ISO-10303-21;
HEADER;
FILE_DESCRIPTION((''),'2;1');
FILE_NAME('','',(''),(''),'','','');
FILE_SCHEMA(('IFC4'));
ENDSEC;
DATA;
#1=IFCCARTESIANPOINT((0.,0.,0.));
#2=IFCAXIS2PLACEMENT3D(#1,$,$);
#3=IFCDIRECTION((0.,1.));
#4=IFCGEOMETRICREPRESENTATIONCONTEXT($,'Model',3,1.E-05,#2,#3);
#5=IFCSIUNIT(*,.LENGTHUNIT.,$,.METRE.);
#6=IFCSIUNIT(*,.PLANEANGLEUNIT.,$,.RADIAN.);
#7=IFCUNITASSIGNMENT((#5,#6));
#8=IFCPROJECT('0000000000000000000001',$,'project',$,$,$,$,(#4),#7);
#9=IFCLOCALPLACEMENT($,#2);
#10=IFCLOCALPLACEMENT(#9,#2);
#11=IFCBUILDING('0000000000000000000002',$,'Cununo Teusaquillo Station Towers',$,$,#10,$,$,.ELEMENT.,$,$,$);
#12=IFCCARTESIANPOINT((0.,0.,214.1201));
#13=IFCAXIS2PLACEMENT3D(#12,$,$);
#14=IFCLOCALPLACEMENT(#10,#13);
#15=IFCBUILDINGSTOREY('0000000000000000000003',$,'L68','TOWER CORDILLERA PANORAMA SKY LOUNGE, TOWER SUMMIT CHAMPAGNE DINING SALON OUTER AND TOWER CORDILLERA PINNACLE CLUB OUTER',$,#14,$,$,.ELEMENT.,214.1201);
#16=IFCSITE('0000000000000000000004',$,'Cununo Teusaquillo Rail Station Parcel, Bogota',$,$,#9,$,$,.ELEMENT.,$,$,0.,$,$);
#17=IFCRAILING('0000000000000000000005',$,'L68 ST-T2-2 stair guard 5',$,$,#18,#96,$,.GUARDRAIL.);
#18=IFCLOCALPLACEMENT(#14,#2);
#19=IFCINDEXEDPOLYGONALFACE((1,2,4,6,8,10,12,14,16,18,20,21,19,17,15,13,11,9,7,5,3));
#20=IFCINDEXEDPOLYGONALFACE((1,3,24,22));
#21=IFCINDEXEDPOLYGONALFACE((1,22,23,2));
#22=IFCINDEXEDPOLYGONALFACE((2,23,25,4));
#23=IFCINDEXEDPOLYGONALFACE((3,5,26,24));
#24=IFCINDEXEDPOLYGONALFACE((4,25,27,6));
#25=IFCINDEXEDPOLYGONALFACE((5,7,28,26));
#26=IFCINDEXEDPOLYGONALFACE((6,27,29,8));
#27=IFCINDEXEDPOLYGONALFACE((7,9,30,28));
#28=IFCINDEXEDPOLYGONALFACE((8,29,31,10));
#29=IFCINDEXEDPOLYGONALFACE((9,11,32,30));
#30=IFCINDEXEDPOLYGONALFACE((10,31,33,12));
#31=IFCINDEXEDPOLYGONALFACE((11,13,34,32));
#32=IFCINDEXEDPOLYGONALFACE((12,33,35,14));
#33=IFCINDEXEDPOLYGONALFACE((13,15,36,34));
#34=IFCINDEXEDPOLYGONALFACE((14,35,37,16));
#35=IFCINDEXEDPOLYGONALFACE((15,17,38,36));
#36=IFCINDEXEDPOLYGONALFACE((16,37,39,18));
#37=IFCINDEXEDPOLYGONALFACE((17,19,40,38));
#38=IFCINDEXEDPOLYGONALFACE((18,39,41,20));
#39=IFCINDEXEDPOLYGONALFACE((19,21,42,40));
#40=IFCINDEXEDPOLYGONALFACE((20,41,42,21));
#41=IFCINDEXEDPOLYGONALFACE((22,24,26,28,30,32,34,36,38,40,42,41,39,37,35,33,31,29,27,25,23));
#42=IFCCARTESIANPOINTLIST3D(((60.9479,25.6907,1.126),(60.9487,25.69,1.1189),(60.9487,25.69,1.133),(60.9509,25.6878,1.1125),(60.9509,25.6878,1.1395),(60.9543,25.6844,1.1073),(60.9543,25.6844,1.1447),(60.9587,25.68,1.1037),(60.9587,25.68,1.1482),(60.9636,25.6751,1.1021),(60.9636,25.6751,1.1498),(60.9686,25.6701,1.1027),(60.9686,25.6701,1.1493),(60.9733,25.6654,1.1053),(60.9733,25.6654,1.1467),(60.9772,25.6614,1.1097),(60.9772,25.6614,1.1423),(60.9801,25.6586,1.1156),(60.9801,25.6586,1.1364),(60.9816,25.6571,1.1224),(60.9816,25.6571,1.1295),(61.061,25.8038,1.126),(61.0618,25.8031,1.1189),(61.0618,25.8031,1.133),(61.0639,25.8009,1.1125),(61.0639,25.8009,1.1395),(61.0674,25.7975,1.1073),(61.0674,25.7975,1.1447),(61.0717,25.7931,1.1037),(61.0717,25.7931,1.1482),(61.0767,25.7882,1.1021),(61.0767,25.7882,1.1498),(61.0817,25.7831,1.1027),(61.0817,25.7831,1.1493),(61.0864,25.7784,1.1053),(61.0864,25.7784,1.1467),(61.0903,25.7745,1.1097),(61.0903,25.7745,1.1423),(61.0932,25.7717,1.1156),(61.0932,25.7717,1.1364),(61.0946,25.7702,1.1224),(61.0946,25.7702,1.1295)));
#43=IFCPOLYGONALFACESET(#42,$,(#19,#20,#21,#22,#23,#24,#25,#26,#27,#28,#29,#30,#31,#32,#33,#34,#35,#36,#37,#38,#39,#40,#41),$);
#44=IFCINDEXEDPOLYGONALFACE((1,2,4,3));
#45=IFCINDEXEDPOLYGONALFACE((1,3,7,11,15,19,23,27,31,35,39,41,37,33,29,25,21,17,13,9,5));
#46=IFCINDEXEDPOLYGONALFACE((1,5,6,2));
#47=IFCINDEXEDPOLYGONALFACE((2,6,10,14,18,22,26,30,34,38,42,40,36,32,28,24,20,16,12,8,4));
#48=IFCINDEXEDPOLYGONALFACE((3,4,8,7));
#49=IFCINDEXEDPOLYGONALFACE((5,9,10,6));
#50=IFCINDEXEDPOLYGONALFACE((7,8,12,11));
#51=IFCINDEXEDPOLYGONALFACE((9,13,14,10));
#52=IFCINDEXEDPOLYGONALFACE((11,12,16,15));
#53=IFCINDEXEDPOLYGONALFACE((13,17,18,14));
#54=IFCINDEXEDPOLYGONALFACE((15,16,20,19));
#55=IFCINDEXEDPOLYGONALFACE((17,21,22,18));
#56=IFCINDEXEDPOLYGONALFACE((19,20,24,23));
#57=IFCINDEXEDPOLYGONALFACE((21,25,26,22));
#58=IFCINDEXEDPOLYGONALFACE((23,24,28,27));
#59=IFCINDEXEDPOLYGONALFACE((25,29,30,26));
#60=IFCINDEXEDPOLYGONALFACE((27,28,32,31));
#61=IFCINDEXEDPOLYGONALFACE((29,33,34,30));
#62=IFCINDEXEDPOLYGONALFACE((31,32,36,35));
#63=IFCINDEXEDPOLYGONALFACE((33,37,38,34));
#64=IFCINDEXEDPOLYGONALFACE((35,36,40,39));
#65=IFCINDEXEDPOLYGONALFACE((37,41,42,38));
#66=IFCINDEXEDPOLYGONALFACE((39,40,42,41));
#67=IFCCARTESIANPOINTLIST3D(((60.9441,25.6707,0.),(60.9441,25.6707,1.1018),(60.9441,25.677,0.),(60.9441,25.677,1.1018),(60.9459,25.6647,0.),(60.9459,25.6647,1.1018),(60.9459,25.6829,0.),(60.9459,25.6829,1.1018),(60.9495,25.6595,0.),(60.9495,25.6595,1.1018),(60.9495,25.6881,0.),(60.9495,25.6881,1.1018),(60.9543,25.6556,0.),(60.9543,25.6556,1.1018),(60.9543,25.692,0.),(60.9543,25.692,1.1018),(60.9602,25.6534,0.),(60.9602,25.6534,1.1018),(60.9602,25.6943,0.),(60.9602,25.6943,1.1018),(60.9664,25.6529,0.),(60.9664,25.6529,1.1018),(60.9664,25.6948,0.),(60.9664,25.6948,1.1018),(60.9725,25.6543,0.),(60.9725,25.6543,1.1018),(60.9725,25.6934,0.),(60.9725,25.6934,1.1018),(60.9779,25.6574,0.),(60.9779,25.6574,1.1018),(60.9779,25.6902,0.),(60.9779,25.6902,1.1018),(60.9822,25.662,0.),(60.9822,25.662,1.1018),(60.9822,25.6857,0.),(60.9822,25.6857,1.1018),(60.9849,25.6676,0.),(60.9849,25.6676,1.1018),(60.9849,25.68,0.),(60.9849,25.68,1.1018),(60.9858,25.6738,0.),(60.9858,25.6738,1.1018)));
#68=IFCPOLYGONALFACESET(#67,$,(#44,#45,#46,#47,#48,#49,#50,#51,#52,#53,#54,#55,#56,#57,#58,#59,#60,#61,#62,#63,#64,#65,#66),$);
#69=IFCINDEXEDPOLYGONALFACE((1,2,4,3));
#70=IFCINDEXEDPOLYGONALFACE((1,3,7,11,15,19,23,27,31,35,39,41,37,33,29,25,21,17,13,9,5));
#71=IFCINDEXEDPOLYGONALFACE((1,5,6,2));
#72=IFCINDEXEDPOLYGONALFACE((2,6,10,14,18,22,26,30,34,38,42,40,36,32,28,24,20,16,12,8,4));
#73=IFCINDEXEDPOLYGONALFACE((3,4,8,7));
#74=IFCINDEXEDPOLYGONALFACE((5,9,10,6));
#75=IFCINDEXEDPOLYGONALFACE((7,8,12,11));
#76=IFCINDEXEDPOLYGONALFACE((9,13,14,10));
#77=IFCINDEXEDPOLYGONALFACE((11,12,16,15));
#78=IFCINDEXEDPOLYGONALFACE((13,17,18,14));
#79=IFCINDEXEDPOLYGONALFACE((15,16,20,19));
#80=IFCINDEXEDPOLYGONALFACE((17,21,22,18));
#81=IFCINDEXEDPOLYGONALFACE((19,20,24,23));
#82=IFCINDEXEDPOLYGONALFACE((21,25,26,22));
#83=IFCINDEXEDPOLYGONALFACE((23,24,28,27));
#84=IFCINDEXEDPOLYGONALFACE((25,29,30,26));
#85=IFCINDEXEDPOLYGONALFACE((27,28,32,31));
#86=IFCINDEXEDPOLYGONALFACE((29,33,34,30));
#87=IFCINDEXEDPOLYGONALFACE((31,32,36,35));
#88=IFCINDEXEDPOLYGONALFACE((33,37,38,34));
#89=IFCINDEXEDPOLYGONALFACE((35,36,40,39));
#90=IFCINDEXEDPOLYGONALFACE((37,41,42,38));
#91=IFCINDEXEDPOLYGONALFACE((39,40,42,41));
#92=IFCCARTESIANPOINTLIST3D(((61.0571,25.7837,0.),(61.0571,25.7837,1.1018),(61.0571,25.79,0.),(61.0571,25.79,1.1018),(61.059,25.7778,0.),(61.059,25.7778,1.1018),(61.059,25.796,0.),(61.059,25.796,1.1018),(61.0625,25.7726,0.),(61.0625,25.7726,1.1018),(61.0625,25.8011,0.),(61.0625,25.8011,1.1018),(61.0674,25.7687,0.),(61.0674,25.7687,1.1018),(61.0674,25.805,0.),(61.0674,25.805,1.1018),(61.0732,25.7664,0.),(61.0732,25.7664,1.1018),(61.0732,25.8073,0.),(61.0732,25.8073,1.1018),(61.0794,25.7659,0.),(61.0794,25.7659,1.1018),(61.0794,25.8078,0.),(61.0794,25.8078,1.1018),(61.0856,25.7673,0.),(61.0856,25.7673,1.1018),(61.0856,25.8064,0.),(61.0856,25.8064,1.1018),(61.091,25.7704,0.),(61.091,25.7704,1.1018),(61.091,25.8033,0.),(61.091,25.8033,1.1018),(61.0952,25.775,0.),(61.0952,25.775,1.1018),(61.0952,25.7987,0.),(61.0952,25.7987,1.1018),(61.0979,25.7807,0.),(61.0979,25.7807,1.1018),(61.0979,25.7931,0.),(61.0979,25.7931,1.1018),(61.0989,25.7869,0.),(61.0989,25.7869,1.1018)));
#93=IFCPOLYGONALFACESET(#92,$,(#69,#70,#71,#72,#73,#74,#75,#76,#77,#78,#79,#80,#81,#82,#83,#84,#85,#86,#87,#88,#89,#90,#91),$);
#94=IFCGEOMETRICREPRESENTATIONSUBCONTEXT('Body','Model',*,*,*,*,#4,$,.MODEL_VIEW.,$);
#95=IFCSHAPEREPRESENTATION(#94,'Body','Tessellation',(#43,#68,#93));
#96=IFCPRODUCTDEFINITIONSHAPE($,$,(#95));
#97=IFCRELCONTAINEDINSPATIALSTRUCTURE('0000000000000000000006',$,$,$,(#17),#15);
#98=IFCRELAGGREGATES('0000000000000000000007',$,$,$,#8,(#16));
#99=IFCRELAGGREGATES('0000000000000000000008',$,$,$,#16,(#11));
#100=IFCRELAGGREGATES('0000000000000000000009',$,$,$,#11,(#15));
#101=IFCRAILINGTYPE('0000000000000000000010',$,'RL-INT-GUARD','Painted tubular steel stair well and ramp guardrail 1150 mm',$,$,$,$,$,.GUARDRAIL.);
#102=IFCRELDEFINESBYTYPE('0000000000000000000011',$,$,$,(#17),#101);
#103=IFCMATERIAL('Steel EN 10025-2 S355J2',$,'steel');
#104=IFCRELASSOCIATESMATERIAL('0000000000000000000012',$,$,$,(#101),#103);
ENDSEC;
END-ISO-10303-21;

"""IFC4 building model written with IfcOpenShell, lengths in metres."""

from ifc_helpers import new_model, si_unit, direction, frame, origin, origin_2d, place, context, subcontext, project, spatial, circle, extrude, material, type_object, element, save


model = new_model("IFC4")

# Units and contexts
model_context = context("Model", 3, precision=1e-05, world=origin(), true_north=direction((0.0, 1.0)))
body_context = subcontext(model_context, "Body", "Model", "MODEL_VIEW")
ifc_project = project(units=[si_unit("LENGTHUNIT", "METRE"), si_unit("PLANEANGLEUNIT", "RADIAN")], contexts=[model_context])

# Site, building, storey
site_placement = place(None, origin())
site = spatial("IfcSite", under=ifc_project, at=site_placement, Name="Cununo Teusaquillo Rail Station Parcel, Bogota", CompositionType="ELEMENT", RefElevation=0.0)
building_placement = place(site_placement, origin())
building = spatial("IfcBuilding", under=site, at=building_placement, Name="Cununo Teusaquillo Station Towers", CompositionType="ELEMENT")
storey_placement = place(building_placement, frame((0.0, 0.0, 214.1201)))
storey = spatial("IfcBuildingStorey", under=building, at=storey_placement, Name="L68", Description="TOWER CORDILLERA PANORAMA SKY LOUNGE, TOWER SUMMIT CHAMPAGNE DINING SALON OUTER AND TOWER CORDILLERA PINNACLE CLUB OUTER", CompositionType="ELEMENT", Elevation=214.1201)

# Railing
ifc_material_1 = material(Name="Steel EN 10025-2 S355J2", Category="steel")
railing_type_1 = type_object("IfcRailingType", Name="RL-INT-GUARD", Description="Painted tubular steel stair well and ramp guardrail 1150 mm", PredefinedType="GUARDRAIL", material=ifc_material_1)
railing_1_placement = place(storey_placement, frame((60.9648, 25.6738, 0.0)))
element("IfcRailing", 1, at=railing_1_placement, inside=storey, type_object=railing_type_1, Name="L68 ST-T2-2 stair guard 5", PredefinedType="GUARDRAIL", context=body_context, shape_type="SweptSolid", body=[
    extrude(circle(Radius=0.0239, at=origin_2d()), frame((0.0, 0.0, 1.126), z_axis=(0.707107, 0.707107, 0.0), x_axis=(-0.707107, 0.707107, 0.0)), (0.0, 0.0, 1.0), 0.1599),
    extrude(circle(Radius=0.021, at=origin_2d()), origin(), (0.0, 0.0, 1.0), 1.1018),
    extrude(circle(Radius=0.021, at=origin_2d()), frame((0.113, 0.113, 0.0)), (0.0, 0.0, 1.0), 1.1018),
])

save(model, "model.ifc")
